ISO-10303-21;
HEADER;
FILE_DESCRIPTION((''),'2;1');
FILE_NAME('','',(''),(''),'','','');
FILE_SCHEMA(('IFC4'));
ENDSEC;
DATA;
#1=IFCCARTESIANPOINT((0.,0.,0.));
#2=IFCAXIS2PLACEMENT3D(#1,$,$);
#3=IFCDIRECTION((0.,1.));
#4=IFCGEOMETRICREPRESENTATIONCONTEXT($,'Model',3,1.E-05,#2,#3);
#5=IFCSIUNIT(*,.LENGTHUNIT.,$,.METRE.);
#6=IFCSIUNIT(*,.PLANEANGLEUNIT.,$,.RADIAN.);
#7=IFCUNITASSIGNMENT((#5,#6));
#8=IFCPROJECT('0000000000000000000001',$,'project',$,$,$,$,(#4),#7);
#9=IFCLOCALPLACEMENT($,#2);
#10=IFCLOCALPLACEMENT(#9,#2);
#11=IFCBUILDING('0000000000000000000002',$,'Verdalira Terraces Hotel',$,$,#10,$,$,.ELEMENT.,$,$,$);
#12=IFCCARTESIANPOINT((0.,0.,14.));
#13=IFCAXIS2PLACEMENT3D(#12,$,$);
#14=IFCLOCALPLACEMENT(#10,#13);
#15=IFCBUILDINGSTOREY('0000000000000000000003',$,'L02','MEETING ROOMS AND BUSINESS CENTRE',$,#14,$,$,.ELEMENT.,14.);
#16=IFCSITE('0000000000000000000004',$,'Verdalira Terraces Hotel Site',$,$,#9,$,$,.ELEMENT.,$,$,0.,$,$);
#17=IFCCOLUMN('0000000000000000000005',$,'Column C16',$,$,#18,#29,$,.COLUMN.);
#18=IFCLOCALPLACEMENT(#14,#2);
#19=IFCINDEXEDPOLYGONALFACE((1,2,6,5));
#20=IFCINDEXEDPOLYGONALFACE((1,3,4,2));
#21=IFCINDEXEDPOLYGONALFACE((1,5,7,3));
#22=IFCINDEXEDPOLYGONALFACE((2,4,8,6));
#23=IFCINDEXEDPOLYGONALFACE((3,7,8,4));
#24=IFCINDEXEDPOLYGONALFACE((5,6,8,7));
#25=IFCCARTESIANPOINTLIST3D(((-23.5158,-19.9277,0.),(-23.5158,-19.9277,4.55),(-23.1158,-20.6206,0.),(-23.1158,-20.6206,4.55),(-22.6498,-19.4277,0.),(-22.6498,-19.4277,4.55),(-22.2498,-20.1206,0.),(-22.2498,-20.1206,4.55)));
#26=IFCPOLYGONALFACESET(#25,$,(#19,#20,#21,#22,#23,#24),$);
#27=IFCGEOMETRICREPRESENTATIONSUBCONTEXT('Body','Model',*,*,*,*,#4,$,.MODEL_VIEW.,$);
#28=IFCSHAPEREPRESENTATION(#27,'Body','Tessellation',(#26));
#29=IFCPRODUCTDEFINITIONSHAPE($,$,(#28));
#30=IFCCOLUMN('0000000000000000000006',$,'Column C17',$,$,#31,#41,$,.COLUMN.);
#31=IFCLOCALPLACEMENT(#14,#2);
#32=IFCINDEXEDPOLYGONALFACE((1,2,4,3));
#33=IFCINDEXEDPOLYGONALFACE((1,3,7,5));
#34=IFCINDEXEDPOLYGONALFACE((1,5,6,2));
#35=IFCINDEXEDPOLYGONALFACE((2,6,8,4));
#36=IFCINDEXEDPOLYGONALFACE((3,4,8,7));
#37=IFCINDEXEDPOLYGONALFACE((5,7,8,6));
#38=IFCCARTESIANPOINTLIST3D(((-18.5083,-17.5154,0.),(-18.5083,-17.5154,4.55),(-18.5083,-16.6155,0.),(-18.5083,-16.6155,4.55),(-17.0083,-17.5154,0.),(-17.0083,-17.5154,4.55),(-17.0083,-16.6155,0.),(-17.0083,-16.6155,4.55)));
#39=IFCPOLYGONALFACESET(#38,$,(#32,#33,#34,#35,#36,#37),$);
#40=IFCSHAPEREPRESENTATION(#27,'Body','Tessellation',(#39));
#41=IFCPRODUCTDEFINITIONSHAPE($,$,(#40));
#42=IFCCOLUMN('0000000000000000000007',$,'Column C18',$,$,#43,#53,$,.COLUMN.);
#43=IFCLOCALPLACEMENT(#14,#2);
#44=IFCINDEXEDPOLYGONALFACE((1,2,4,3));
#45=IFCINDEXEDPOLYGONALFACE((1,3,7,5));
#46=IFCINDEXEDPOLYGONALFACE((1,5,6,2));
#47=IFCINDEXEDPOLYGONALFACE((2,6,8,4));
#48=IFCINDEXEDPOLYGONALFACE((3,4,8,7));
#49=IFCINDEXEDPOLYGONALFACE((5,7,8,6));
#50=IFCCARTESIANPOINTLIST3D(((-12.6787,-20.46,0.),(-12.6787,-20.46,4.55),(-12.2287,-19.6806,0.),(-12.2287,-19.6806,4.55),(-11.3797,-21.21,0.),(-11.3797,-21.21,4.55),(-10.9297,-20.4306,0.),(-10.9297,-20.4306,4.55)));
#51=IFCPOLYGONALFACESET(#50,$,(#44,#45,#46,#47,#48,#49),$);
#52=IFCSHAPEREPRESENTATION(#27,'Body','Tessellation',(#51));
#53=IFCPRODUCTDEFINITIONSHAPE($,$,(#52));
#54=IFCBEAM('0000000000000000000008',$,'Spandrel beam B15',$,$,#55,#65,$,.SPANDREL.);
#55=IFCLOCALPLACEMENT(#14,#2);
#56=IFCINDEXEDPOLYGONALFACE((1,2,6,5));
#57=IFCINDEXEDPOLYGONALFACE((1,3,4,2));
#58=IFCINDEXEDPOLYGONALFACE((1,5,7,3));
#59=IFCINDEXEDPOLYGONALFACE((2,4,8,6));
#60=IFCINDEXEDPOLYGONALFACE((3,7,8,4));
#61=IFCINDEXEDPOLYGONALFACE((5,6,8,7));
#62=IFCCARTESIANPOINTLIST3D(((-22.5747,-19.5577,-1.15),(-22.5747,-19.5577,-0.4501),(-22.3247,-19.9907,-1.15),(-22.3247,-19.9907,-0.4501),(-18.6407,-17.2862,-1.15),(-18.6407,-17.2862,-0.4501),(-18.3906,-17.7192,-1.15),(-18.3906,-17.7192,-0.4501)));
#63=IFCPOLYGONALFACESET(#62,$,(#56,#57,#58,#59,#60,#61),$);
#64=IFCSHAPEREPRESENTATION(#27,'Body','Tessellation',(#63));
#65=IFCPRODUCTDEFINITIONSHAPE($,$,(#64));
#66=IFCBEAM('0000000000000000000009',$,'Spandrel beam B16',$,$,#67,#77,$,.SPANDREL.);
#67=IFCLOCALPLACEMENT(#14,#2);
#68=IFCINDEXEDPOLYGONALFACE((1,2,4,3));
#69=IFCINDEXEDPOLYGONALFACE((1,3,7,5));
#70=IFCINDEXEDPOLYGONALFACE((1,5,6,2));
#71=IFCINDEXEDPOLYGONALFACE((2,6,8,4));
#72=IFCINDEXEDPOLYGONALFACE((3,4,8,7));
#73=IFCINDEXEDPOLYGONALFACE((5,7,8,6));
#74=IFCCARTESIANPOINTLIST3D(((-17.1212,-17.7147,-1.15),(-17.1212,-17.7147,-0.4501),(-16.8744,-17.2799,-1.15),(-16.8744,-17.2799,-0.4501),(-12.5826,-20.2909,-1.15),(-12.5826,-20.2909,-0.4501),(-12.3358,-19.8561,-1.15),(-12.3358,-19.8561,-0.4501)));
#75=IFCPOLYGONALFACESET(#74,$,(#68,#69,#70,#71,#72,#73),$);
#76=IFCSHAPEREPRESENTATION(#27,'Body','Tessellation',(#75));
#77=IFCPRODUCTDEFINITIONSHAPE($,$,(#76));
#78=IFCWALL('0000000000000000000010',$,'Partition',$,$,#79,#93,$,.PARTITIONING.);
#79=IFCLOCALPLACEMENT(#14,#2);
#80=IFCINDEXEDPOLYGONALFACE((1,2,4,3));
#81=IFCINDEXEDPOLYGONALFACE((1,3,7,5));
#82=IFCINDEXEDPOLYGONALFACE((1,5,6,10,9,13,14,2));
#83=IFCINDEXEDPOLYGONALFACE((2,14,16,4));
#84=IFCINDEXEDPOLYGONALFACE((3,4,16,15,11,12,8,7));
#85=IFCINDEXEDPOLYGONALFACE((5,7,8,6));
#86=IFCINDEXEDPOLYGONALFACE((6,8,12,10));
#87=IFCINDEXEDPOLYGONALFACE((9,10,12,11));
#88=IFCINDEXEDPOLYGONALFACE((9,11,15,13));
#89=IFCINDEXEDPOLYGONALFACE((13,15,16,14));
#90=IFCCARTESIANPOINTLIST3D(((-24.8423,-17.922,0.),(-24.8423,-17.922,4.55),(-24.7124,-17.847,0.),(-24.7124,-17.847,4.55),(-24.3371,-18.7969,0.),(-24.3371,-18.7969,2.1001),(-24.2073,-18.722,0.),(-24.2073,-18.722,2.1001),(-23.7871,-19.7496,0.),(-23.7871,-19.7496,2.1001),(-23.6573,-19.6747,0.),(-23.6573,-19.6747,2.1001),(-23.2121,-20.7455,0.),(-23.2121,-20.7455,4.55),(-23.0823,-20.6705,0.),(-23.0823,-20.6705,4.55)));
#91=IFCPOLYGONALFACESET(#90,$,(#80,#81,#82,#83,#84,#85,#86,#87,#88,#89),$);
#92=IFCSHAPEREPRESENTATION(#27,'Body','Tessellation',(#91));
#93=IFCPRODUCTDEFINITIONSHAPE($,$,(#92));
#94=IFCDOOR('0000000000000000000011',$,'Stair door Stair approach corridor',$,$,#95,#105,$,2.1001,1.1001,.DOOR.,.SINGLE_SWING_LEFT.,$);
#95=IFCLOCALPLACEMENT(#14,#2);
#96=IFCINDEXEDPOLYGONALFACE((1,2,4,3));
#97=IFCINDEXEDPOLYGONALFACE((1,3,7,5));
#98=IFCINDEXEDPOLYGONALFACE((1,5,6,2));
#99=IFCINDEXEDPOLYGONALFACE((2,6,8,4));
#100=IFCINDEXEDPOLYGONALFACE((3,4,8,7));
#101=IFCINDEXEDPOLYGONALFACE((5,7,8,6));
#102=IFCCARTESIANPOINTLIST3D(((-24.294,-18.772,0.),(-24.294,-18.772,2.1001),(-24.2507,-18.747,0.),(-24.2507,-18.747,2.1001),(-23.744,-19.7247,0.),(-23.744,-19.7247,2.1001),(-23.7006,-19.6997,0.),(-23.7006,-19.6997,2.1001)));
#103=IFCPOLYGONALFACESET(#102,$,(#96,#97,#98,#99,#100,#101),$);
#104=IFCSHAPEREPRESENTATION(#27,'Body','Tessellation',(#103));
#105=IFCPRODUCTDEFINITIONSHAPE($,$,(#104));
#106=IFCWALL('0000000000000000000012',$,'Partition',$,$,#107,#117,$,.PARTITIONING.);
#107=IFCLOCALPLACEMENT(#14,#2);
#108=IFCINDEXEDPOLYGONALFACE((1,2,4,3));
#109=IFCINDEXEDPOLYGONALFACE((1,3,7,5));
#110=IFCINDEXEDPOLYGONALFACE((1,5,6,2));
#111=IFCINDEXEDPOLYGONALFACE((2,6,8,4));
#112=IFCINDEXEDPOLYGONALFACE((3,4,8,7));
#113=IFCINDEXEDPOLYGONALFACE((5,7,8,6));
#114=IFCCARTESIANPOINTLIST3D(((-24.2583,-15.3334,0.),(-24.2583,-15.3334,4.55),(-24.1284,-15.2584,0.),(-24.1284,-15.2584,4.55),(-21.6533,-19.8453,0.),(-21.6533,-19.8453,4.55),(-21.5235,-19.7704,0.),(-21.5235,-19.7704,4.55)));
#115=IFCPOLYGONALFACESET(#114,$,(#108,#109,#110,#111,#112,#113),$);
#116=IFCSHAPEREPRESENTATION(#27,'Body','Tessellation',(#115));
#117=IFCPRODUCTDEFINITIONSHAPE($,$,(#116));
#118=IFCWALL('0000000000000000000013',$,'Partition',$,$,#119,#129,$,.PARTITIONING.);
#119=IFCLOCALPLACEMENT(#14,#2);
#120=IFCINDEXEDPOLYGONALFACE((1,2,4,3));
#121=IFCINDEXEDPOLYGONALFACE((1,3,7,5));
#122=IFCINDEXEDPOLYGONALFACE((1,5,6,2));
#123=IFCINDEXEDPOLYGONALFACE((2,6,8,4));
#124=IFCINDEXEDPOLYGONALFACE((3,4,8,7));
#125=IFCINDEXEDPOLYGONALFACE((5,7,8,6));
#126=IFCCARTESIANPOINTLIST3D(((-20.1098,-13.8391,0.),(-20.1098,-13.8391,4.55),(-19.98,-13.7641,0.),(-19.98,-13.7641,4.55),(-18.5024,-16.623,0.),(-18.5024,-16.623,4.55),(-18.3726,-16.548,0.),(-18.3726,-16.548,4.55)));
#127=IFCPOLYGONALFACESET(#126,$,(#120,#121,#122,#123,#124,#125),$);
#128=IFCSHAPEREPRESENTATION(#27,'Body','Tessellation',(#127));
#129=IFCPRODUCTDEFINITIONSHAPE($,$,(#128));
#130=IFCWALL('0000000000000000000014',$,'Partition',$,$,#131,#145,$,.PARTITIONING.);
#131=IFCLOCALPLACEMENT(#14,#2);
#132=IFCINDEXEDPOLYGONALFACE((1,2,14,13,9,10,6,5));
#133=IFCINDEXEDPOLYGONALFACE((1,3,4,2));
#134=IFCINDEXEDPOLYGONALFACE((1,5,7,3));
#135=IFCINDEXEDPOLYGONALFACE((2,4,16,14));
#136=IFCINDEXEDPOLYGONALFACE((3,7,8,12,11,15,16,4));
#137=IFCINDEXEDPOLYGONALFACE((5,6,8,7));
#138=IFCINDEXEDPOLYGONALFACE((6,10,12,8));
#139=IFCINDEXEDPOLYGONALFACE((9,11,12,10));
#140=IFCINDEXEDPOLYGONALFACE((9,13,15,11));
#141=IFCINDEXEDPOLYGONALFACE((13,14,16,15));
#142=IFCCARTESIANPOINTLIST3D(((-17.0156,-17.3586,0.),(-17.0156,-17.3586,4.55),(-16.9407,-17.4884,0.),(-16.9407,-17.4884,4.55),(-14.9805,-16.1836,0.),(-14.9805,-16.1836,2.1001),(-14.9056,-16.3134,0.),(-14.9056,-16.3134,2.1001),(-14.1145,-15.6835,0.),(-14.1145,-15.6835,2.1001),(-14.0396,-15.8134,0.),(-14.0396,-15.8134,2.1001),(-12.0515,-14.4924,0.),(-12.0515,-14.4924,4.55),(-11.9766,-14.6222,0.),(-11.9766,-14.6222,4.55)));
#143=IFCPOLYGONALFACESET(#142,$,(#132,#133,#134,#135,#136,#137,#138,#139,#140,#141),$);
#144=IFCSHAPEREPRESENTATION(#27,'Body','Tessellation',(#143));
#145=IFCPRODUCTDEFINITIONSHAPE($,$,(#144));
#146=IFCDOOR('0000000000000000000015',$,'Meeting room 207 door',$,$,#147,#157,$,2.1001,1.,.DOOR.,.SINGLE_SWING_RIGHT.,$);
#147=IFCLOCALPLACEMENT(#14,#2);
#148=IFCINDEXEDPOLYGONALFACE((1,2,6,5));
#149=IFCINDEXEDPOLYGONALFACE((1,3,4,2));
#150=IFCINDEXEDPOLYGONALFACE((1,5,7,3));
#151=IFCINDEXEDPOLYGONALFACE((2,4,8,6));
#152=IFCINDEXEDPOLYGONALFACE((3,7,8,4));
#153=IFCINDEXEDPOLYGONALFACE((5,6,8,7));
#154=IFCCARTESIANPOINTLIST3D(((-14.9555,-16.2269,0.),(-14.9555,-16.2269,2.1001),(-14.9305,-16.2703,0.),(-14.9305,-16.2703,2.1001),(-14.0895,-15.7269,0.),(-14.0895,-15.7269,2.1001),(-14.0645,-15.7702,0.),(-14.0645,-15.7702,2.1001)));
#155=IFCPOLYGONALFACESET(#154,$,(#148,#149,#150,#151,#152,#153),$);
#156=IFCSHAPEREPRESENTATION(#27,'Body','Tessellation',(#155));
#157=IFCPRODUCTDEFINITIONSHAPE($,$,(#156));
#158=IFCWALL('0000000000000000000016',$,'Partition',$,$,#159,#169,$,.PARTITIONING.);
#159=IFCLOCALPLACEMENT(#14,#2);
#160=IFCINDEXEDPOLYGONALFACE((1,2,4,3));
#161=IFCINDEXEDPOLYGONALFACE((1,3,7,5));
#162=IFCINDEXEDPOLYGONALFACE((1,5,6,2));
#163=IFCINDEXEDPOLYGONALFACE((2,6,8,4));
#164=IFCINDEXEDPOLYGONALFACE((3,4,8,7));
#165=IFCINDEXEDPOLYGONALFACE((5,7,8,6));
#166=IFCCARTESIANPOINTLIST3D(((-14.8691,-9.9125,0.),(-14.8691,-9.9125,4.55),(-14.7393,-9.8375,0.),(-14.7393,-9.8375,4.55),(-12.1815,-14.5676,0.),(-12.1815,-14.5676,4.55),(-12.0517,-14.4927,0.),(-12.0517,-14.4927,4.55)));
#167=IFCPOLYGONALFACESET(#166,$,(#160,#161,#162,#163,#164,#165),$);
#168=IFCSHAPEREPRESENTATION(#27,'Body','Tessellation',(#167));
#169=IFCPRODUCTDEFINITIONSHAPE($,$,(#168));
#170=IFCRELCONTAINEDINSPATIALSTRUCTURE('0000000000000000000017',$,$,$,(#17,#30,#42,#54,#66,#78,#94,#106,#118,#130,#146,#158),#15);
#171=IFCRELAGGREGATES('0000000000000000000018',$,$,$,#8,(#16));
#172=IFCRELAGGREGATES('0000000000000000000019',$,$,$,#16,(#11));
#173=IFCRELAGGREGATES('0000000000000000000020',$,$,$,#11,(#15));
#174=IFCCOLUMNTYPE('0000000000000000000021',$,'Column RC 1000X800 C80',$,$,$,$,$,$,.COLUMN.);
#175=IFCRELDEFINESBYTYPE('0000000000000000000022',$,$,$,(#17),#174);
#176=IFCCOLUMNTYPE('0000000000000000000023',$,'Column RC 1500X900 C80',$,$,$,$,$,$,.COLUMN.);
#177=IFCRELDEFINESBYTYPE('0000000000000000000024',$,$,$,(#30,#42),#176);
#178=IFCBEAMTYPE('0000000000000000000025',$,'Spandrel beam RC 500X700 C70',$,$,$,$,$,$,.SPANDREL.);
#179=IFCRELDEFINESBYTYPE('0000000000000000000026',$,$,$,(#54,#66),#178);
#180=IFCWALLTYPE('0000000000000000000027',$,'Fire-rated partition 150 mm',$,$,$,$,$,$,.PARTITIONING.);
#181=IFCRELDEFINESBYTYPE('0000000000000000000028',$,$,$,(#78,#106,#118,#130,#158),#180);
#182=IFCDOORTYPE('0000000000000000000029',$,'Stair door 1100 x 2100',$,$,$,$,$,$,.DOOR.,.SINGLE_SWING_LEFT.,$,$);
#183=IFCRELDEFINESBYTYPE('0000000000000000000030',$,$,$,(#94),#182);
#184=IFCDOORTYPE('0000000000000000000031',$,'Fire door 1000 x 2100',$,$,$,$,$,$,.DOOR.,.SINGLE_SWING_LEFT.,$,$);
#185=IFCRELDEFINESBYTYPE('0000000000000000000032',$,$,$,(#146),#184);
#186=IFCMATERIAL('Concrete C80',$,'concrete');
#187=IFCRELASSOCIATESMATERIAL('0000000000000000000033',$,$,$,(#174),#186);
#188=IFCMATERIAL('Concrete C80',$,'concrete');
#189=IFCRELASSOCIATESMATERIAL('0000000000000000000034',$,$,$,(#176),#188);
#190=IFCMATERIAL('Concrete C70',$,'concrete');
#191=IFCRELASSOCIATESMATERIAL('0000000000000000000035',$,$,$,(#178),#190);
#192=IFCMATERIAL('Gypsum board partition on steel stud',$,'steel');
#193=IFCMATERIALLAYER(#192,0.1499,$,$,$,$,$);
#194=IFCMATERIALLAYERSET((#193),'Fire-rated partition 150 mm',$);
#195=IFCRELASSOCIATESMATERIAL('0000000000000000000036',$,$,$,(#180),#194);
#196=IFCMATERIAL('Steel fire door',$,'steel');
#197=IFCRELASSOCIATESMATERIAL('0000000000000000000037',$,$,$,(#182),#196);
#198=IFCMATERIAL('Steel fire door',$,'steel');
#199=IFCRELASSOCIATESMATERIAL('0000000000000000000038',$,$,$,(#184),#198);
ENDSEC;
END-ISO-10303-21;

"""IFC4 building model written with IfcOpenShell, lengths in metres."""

from ifc_helpers import new_model, si_unit, direction, frame, frame_2d, origin, origin_2d, place, context, subcontext, project, spatial, rectangle, extrude, material, layer, layer_set, material_profile, profile_set, type_object, element, fill, save


model = new_model("IFC4")

# Units and contexts
model_context = context("Model", 3, precision=1e-05, world=origin(), true_north=direction((0.0, 1.0)))
body_context = subcontext(model_context, "Body", "Model", "MODEL_VIEW")
ifc_project = project(units=[si_unit("LENGTHUNIT", "METRE"), si_unit("PLANEANGLEUNIT", "RADIAN")], contexts=[model_context])

# Site, building, storey
site_placement = place(None, origin())
site = spatial("IfcSite", under=ifc_project, at=site_placement, Name="Verdalira Terraces Hotel Site", CompositionType="ELEMENT", RefElevation=0.0)
building_placement = place(site_placement, origin())
building = spatial("IfcBuilding", under=site, at=building_placement, Name="Verdalira Terraces Hotel", CompositionType="ELEMENT")
storey_placement = place(building_placement, frame((0.0, 0.0, 14.0)))
storey = spatial("IfcBuildingStorey", under=building, at=storey_placement, Name="L02", Description="MEETING ROOMS AND BUSINESS CENTRE", CompositionType="ELEMENT", Elevation=14.0)

# Columns
ifc_material_1 = material(Name="Concrete C80", Category="concrete")
ifc_material_profile_1 = material_profile(ifc_material_1, rectangle(XDim=1.0, YDim=0.8, at=origin_2d()), Name="RC 1000X800")
ifc_profile_set_1 = profile_set([ifc_material_profile_1], Name="Concrete C80")
column_type_1 = type_object("IfcColumnType", Name="Column RC 1000X800 C80", PredefinedType="COLUMN", material=ifc_profile_set_1)
column_placement = place(storey_placement, frame((-22.8828, -20.0242, 0.0), z_axis=(0.0, 0.0, 1.0), x_axis=(0.866025, 0.5, 0.0)))
element("IfcColumn", 1, at=column_placement, inside=storey, type_object=column_type_1, Name="Column C16", PredefinedType="COLUMN", context=body_context, shape_type="SweptSolid", body=[
    extrude(rectangle(XDim=1.0, YDim=0.8, at=origin_2d()), origin(), (0.0, 0.0, 1.0), 4.55),
])
ifc_material_2 = material(Name="Concrete C80", Category="concrete")
ifc_material_profile_2 = material_profile(ifc_material_2, rectangle(XDim=1.5, YDim=0.8999, at=origin_2d()), Name="RC 1500X900")
ifc_profile_set_2 = profile_set([ifc_material_profile_2], Name="Concrete C80")
column_type_2 = type_object("IfcColumnType", Name="Column RC 1500X900 C80", PredefinedType="COLUMN", material=ifc_profile_set_2)
for number, where, z_axis, x_axis, name in (
    (2, (-17.7583, -17.0654, 0.0), (0.0, 0.0, 1.0), (-1.0, 0.0, 0.0), "Column C17"),
    (3, (-11.8042, -20.4453, 0.0), (0.0, 0.0, 1.0), (0.866025, -0.5, 0.0), "Column C18"),
):
    element("IfcColumn", number, at=place(storey_placement, frame(where, z_axis=z_axis, x_axis=x_axis)), inside=storey, type_object=column_type_2, Name=name, PredefinedType="COLUMN", context=body_context, shape_type="SweptSolid", body=[
        extrude(rectangle(XDim=1.5, YDim=0.8999, at=origin_2d()), origin(), (0.0, 0.0, 1.0), 4.55),
    ])

# Beams
ifc_material_3 = material(Name="Concrete C70", Category="concrete")
ifc_material_profile_3 = material_profile(ifc_material_3, rectangle(XDim=0.5, YDim=0.7, at=origin_2d()), Name="RC 500X700")
ifc_profile_set_3 = profile_set([ifc_material_profile_3], Name="Concrete C70")
beam_type = type_object("IfcBeamType", Name="Spandrel beam RC 500X700 C70", PredefinedType="SPANDREL", material=ifc_profile_set_3)
beam_1_placement = place(storey_placement, frame((-22.4497, -19.7742, -0.8), z_axis=(0.866012, 0.500023, 0.0), x_axis=(-0.500023, 0.866012, 0.0)))
element("IfcBeam", 4, at=beam_1_placement, inside=storey, type_object=beam_type, Name="Spandrel beam B15", PredefinedType="SPANDREL", context=body_context, shape_type="SweptSolid", body=[
    extrude(rectangle(XDim=0.5, YDim=0.7, at=origin_2d()), origin(), (0.0, 0.0, 1.0), 4.5427),
])
beam_2_placement = place(storey_placement, frame((-16.9978, -17.4973, -0.8), z_axis=(0.869667, -0.493638, 0.0), x_axis=(0.493638, 0.869667, 0.0)))
element("IfcBeam", 5, at=beam_2_placement, inside=storey, type_object=beam_type, Name="Spandrel beam B16", PredefinedType="SPANDREL", context=body_context, shape_type="SweptSolid", body=[
    extrude(rectangle(XDim=0.5, YDim=0.7, at=origin_2d()), origin(), (0.0, 0.0, 1.0), 5.2188),
])

# Wall, opening, door
ifc_material_4 = material(Name="Gypsum board partition on steel stud", Category="steel")
ifc_layer_1 = layer(ifc_material_4, 0.1499)
ifc_layer_set_1 = layer_set([ifc_layer_1], Name="Fire-rated partition 150 mm")
wall_type_1 = type_object("IfcWallType", Name="Fire-rated partition 150 mm", PredefinedType="PARTITIONING", material=ifc_layer_set_1)
wall_1_placement = place(storey_placement, frame((-24.7773, -17.8845, 0.0), z_axis=(0.0, 0.0, 1.0), x_axis=(0.499997, -0.866027, 0.0)))
wall_1 = element("IfcWall", 6, at=wall_1_placement, inside=storey, type_object=wall_type_1, Name="Partition", PredefinedType="PARTITIONING", context=body_context, shape_type="SweptSolid", body=[
    extrude(rectangle(XDim=3.2603, YDim=0.1499, at=frame_2d((1.6301, 0.0))), origin(), (0.0, 0.0, 1.0), 4.55),
])
opening_1_placement = place(wall_1_placement, frame((1.0103, 0.0, 0.0)))
opening_1 = element("IfcOpeningElement", 7, at=opening_1_placement, cuts=wall_1, PredefinedType="OPENING", context=body_context, shape_type="SweptSolid", body=[
    extrude(rectangle(XDim=1.1001, YDim=2.1001, at=frame_2d((0.55, 1.05))), frame((0.0, 0.085, 0.0), z_axis=(0.0, -1.0, 0.0), x_axis=(1.0, 0.0, 0.0)), (0.0, 0.0, 1.0), 0.1699),
])
ifc_material_5 = material(Name="Steel fire door", Category="steel")
door_type_1 = type_object("IfcDoorType", Name="Stair door 1100 x 2100", OperationType="SINGLE_SWING_LEFT", PredefinedType="DOOR", material=ifc_material_5)
door_1_placement = place(opening_1_placement, origin())
door_1 = element("IfcDoor", 8, at=door_1_placement, inside=storey, type_object=door_type_1, Name="Stair door Stair approach corridor", OperationType="SINGLE_SWING_LEFT", OverallHeight=2.1001, OverallWidth=1.1001, PredefinedType="DOOR", context=body_context, shape_type="SweptSolid", body=[
    extrude(rectangle(XDim=1.1001, YDim=2.1001, at=frame_2d((0.55, 1.05))), frame((0.0, 0.0249, 0.0), z_axis=(0.0, -1.0, 0.0), x_axis=(1.0, 0.0, 0.0)), (0.0, 0.0, 1.0), 0.05),
])
fill(opening_1, door_1)

# Walls
wall_2_placement = place(storey_placement, frame((-21.5884, -19.8079, 0.0), z_axis=(0.0, 0.0, 1.0), x_axis=(-0.5, 0.866026, 0.0)))
element("IfcWall", 9, at=wall_2_placement, inside=storey, type_object=wall_type_1, Name="Partition", PredefinedType="PARTITIONING", context=body_context, shape_type="SweptSolid", body=[
    extrude(rectangle(XDim=5.21, YDim=0.1499, at=frame_2d((2.605, 0.0))), origin(), (0.0, 0.0, 1.0), 4.55),
])
wall_3_placement = place(storey_placement, frame((-20.0449, -13.8015, 0.0), z_axis=(0.0, 0.0, 1.0), x_axis=(0.500027, -0.86601, 0.0)))
element("IfcWall", 10, at=wall_3_placement, inside=storey, type_object=wall_type_1, Name="Partition", PredefinedType="PARTITIONING", context=body_context, shape_type="SweptSolid", body=[
    extrude(rectangle(XDim=3.2146, YDim=0.1499, at=frame_2d((1.6074, 0.0))), origin(), (0.0, 0.0, 1.0), 4.55),
])

# Wall, opening, door
wall_4_placement = place(storey_placement, frame((-16.9783, -17.4236, 0.0), z_axis=(0.0, 0.0, 1.0), x_axis=(0.866012, 0.500024, 0.0)))
wall_4 = element("IfcWall", 11, at=wall_4_placement, inside=storey, type_object=wall_type_1, Name="Partition", PredefinedType="PARTITIONING", context=body_context, shape_type="SweptSolid", body=[
    extrude(rectangle(XDim=5.7322, YDim=0.1499, at=frame_2d((2.8662, 0.0))), origin(), (0.0, 0.0, 1.0), 4.55),
])
opening_2_placement = place(wall_4_placement, frame((2.3501, 0.0, 0.0)))
opening_2 = element("IfcOpeningElement", 12, at=opening_2_placement, cuts=wall_4, PredefinedType="OPENING", context=body_context, shape_type="SweptSolid", body=[
    extrude(rectangle(XDim=1.0, YDim=2.1001, at=frame_2d((0.5, 1.05))), frame((0.0, 0.085, 0.0), z_axis=(0.0, -1.0, 0.0), x_axis=(1.0, 0.0, 0.0)), (0.0, 0.0, 1.0), 0.1699),
])
ifc_material_6 = material(Name="Steel fire door", Category="steel")
door_type_2 = type_object("IfcDoorType", Name="Fire door 1000 x 2100", OperationType="SINGLE_SWING_LEFT", PredefinedType="DOOR", material=ifc_material_6)
door_2_placement = place(opening_2_placement, origin())
door_2 = element("IfcDoor", 13, at=door_2_placement, inside=storey, type_object=door_type_2, Name="Meeting room 207 door", OperationType="SINGLE_SWING_RIGHT", OverallHeight=2.1001, OverallWidth=1.0, PredefinedType="DOOR", context=body_context, shape_type="SweptSolid", body=[
    extrude(rectangle(XDim=1.0, YDim=2.1001, at=frame_2d((0.5, 1.05))), frame((0.0, 0.0249, 0.0), z_axis=(0.0, -1.0, 0.0), x_axis=(1.0, 0.0, 0.0)), (0.0, 0.0, 1.0), 0.05),
])
fill(opening_2, door_2)

# Wall
wall_5_placement = place(storey_placement, frame((-12.1167, -14.53, 0.0), z_axis=(0.0, 0.0, 1.0), x_axis=(-0.499989, 0.866032, 0.0)))
element("IfcWall", 14, at=wall_5_placement, inside=storey, type_object=wall_type_1, Name="Partition", PredefinedType="PARTITIONING", context=body_context, shape_type="SweptSolid", body=[
    extrude(rectangle(XDim=5.3752, YDim=0.1499, at=frame_2d((2.6875, 0.0))), origin(), (0.0, 0.0, 1.0), 4.55),
])

save(model, "model.ifc")
